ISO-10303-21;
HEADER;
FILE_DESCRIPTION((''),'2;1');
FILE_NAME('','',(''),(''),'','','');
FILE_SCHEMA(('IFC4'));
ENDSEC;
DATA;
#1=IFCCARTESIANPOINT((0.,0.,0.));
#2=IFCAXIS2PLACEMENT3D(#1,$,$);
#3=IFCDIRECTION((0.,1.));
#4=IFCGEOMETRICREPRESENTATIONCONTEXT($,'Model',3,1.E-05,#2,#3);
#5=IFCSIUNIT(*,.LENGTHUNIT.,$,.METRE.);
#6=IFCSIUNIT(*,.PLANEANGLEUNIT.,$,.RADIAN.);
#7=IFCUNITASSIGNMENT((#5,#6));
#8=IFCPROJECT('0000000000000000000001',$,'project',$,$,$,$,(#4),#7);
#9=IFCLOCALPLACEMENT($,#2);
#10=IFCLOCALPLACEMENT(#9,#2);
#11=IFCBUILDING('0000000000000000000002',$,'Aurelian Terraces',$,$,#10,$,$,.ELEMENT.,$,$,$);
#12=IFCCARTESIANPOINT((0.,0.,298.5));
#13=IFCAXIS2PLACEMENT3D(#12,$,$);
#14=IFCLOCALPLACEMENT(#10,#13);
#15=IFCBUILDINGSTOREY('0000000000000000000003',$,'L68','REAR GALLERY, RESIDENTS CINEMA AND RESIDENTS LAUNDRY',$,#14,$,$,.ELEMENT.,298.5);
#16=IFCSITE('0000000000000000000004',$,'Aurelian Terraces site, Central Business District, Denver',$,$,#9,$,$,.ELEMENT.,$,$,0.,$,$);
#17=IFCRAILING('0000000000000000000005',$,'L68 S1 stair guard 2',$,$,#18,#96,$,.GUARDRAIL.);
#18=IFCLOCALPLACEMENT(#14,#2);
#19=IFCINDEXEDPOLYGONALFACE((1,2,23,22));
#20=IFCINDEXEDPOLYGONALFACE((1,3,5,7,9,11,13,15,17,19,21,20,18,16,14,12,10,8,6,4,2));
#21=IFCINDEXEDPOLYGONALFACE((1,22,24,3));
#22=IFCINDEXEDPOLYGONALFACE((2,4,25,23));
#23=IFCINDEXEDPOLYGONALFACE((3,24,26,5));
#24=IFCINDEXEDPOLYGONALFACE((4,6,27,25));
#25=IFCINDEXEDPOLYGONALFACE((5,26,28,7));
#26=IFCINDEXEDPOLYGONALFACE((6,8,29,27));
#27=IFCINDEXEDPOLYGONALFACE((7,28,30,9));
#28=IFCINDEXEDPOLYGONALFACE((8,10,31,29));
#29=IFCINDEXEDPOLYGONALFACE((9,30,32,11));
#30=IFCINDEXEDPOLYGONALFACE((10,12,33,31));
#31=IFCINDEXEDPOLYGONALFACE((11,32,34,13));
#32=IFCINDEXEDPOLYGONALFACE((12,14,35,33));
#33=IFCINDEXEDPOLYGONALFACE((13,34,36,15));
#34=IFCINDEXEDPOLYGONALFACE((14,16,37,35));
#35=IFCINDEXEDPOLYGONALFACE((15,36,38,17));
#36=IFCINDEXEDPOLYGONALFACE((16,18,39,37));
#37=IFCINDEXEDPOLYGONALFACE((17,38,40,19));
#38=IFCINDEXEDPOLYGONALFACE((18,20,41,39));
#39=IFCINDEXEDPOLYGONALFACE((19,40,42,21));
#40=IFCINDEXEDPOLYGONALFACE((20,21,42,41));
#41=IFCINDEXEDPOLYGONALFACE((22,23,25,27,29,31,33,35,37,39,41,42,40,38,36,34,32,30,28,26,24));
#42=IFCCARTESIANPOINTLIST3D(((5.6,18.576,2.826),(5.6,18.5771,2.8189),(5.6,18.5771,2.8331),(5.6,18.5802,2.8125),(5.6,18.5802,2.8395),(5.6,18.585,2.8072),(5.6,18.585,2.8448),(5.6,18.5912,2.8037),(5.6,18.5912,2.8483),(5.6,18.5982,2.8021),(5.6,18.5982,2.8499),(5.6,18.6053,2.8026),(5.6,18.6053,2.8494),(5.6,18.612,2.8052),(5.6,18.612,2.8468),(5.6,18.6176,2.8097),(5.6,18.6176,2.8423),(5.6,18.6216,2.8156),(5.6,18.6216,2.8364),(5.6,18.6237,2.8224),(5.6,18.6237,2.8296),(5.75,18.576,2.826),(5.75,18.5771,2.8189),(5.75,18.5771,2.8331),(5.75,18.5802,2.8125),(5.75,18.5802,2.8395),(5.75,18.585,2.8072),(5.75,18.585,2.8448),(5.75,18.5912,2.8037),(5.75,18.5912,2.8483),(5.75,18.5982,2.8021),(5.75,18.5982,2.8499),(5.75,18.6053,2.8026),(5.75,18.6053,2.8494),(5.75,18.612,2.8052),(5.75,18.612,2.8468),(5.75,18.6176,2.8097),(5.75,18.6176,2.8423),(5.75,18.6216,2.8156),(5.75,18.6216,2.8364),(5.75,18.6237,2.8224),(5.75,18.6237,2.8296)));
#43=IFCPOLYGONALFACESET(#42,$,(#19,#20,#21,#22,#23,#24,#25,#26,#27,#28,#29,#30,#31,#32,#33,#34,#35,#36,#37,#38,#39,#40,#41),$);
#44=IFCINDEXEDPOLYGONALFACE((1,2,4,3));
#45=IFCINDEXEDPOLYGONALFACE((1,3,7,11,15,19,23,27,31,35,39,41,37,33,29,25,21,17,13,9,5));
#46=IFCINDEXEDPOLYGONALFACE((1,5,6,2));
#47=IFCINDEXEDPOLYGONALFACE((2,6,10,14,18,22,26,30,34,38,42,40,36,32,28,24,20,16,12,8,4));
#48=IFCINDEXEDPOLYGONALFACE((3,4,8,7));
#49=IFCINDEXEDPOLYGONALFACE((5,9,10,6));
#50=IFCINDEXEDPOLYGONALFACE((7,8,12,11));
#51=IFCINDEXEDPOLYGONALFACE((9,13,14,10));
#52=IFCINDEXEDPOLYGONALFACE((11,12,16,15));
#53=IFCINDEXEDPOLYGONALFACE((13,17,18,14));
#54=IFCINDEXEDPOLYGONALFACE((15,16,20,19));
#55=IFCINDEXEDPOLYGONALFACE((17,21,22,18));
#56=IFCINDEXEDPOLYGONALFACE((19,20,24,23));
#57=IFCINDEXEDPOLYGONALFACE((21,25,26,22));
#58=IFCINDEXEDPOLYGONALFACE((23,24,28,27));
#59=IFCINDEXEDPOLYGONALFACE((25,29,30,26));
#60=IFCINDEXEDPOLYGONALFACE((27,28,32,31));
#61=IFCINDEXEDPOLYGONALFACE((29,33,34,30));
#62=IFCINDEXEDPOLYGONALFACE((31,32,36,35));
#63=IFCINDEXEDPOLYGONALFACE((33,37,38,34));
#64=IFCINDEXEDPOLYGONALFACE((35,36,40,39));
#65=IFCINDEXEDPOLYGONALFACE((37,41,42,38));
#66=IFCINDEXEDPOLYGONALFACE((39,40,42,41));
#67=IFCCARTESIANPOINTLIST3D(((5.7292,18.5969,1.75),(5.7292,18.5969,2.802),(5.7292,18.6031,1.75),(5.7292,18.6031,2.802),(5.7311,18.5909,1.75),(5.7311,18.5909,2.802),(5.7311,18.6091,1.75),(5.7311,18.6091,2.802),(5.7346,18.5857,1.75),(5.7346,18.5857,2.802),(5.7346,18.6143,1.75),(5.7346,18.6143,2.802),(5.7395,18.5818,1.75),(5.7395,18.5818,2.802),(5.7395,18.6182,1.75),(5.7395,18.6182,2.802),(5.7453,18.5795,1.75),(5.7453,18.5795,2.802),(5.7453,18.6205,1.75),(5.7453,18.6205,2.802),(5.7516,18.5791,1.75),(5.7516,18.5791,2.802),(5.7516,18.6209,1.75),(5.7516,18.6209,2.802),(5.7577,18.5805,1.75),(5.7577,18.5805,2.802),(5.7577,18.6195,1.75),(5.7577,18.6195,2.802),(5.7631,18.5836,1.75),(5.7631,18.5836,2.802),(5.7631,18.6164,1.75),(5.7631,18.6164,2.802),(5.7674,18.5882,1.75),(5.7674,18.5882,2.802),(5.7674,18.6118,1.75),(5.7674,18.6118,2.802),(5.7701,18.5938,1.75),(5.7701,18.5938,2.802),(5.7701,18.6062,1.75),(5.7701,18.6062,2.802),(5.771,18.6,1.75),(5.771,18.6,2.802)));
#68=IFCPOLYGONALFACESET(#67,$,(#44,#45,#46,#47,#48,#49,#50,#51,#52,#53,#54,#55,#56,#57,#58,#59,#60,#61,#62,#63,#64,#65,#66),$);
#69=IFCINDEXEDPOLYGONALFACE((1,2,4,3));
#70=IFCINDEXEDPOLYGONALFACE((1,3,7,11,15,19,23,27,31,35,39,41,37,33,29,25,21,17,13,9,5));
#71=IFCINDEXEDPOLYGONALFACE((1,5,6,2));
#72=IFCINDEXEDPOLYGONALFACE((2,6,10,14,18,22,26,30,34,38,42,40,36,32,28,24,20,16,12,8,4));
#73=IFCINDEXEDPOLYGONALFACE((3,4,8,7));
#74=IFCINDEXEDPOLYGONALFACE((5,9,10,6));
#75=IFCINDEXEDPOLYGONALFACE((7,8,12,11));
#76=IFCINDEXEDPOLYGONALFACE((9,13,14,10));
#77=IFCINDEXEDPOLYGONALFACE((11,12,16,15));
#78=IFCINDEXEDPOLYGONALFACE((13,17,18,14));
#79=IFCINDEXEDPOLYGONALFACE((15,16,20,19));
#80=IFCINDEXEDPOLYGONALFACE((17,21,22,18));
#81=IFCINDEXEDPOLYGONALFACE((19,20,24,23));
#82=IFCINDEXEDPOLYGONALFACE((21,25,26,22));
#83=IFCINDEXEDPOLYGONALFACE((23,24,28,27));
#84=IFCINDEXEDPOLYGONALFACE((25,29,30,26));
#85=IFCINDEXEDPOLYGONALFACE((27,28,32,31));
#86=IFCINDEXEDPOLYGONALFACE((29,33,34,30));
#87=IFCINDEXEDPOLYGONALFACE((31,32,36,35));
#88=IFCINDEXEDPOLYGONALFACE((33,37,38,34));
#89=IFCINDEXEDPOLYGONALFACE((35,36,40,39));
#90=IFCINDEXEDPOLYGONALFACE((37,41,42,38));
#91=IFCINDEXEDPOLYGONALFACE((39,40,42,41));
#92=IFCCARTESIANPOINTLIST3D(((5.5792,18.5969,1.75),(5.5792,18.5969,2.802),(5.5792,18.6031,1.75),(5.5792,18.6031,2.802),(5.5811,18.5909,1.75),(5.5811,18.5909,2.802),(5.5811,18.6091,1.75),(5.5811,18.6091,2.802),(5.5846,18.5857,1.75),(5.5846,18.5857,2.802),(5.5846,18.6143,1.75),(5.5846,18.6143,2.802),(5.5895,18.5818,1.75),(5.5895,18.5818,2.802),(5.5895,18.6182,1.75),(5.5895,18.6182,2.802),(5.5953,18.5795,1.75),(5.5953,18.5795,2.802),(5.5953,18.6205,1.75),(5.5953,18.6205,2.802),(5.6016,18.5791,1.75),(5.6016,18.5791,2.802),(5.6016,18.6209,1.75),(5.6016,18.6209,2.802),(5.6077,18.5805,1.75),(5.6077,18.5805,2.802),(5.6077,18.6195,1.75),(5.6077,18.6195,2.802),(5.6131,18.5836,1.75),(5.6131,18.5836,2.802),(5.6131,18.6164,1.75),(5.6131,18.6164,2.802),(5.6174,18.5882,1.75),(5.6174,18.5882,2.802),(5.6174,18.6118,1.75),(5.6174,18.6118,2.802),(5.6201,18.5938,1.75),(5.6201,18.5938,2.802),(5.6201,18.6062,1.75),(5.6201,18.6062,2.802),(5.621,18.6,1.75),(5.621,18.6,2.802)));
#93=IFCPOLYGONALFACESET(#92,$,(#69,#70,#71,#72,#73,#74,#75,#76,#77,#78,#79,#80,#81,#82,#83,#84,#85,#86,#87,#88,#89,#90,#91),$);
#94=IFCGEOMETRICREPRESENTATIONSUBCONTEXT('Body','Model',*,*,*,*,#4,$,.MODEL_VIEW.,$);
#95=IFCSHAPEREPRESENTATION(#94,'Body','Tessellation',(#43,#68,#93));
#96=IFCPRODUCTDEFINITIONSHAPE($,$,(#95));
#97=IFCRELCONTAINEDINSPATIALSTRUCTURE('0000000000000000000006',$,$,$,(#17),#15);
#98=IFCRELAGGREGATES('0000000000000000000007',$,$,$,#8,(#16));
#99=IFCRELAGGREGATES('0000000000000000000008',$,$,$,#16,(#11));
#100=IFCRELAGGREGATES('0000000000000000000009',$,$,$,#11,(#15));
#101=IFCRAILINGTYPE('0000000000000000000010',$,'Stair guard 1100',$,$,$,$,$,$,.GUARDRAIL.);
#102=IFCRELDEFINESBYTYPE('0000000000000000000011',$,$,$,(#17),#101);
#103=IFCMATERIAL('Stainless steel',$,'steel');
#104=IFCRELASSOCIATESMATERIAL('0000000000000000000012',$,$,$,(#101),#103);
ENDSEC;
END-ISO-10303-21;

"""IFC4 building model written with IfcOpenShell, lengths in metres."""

from ifc_helpers import new_model, si_unit, direction, frame, origin, origin_2d, place, context, subcontext, project, spatial, circle, extrude, source, transform, mapped, material, type_object, element, save


model = new_model("IFC4")

# Units and contexts
model_context = context("Model", 3, precision=1e-05, world=origin(), true_north=direction((0.0, 1.0)))
body_context = subcontext(model_context, "Body", "Model", "MODEL_VIEW")
ifc_project = project(units=[si_unit("LENGTHUNIT", "METRE"), si_unit("PLANEANGLEUNIT", "RADIAN")], contexts=[model_context])

# Site, building, storey
site_placement = place(None, origin())
site = spatial("IfcSite", under=ifc_project, at=site_placement, Name="Aurelian Terraces site, Central Business District, Denver", CompositionType="ELEMENT", RefElevation=0.0)
building_placement = place(site_placement, origin())
building = spatial("IfcBuilding", under=site, at=building_placement, Name="Aurelian Terraces", CompositionType="ELEMENT")
storey_placement = place(building_placement, frame((0.0, 0.0, 298.5)))
storey = spatial("IfcBuildingStorey", under=building, at=storey_placement, Name="L68", Description="REAR GALLERY, RESIDENTS CINEMA AND RESIDENTS LAUNDRY", CompositionType="ELEMENT", Elevation=298.5)

# Railing
ifc_material_1 = material(Name="Stainless steel", Category="steel")
railing_type_1 = type_object("IfcRailingType", Name="Stair guard 1100", PredefinedType="GUARDRAIL", material=ifc_material_1)
shared_shape_1 = source(origin(), body_context, "Body", "SweptSolid", [
    extrude(circle(Radius=0.024, at=origin_2d()), frame((0.0, 0.0, 1.076), z_axis=(-1.0, 0.0, 0.0), x_axis=(0.0, -1.0, 0.0)), (0.0, 0.0, 1.0), 0.15),
    extrude(circle(Radius=0.021, at=origin_2d()), origin(), (0.0, 0.0, 1.0), 1.052),
    extrude(circle(Radius=0.021, at=origin_2d()), frame((-0.15, 0.0, 0.0)), (0.0, 0.0, 1.0), 1.052),
])
railing_1_placement = place(storey_placement, frame((5.75, 18.6, 1.75)))
element("IfcRailing", 1, at=railing_1_placement, inside=storey, type_object=railing_type_1, Name="L68 S1 stair guard 2", PredefinedType="GUARDRAIL", context=body_context, shape_type="MappedRepresentation", body=[
    mapped(shared_shape_1, transform((0.0, 0.0, 0.0), scale=1.0)),
])

save(model, "model.ifc")
